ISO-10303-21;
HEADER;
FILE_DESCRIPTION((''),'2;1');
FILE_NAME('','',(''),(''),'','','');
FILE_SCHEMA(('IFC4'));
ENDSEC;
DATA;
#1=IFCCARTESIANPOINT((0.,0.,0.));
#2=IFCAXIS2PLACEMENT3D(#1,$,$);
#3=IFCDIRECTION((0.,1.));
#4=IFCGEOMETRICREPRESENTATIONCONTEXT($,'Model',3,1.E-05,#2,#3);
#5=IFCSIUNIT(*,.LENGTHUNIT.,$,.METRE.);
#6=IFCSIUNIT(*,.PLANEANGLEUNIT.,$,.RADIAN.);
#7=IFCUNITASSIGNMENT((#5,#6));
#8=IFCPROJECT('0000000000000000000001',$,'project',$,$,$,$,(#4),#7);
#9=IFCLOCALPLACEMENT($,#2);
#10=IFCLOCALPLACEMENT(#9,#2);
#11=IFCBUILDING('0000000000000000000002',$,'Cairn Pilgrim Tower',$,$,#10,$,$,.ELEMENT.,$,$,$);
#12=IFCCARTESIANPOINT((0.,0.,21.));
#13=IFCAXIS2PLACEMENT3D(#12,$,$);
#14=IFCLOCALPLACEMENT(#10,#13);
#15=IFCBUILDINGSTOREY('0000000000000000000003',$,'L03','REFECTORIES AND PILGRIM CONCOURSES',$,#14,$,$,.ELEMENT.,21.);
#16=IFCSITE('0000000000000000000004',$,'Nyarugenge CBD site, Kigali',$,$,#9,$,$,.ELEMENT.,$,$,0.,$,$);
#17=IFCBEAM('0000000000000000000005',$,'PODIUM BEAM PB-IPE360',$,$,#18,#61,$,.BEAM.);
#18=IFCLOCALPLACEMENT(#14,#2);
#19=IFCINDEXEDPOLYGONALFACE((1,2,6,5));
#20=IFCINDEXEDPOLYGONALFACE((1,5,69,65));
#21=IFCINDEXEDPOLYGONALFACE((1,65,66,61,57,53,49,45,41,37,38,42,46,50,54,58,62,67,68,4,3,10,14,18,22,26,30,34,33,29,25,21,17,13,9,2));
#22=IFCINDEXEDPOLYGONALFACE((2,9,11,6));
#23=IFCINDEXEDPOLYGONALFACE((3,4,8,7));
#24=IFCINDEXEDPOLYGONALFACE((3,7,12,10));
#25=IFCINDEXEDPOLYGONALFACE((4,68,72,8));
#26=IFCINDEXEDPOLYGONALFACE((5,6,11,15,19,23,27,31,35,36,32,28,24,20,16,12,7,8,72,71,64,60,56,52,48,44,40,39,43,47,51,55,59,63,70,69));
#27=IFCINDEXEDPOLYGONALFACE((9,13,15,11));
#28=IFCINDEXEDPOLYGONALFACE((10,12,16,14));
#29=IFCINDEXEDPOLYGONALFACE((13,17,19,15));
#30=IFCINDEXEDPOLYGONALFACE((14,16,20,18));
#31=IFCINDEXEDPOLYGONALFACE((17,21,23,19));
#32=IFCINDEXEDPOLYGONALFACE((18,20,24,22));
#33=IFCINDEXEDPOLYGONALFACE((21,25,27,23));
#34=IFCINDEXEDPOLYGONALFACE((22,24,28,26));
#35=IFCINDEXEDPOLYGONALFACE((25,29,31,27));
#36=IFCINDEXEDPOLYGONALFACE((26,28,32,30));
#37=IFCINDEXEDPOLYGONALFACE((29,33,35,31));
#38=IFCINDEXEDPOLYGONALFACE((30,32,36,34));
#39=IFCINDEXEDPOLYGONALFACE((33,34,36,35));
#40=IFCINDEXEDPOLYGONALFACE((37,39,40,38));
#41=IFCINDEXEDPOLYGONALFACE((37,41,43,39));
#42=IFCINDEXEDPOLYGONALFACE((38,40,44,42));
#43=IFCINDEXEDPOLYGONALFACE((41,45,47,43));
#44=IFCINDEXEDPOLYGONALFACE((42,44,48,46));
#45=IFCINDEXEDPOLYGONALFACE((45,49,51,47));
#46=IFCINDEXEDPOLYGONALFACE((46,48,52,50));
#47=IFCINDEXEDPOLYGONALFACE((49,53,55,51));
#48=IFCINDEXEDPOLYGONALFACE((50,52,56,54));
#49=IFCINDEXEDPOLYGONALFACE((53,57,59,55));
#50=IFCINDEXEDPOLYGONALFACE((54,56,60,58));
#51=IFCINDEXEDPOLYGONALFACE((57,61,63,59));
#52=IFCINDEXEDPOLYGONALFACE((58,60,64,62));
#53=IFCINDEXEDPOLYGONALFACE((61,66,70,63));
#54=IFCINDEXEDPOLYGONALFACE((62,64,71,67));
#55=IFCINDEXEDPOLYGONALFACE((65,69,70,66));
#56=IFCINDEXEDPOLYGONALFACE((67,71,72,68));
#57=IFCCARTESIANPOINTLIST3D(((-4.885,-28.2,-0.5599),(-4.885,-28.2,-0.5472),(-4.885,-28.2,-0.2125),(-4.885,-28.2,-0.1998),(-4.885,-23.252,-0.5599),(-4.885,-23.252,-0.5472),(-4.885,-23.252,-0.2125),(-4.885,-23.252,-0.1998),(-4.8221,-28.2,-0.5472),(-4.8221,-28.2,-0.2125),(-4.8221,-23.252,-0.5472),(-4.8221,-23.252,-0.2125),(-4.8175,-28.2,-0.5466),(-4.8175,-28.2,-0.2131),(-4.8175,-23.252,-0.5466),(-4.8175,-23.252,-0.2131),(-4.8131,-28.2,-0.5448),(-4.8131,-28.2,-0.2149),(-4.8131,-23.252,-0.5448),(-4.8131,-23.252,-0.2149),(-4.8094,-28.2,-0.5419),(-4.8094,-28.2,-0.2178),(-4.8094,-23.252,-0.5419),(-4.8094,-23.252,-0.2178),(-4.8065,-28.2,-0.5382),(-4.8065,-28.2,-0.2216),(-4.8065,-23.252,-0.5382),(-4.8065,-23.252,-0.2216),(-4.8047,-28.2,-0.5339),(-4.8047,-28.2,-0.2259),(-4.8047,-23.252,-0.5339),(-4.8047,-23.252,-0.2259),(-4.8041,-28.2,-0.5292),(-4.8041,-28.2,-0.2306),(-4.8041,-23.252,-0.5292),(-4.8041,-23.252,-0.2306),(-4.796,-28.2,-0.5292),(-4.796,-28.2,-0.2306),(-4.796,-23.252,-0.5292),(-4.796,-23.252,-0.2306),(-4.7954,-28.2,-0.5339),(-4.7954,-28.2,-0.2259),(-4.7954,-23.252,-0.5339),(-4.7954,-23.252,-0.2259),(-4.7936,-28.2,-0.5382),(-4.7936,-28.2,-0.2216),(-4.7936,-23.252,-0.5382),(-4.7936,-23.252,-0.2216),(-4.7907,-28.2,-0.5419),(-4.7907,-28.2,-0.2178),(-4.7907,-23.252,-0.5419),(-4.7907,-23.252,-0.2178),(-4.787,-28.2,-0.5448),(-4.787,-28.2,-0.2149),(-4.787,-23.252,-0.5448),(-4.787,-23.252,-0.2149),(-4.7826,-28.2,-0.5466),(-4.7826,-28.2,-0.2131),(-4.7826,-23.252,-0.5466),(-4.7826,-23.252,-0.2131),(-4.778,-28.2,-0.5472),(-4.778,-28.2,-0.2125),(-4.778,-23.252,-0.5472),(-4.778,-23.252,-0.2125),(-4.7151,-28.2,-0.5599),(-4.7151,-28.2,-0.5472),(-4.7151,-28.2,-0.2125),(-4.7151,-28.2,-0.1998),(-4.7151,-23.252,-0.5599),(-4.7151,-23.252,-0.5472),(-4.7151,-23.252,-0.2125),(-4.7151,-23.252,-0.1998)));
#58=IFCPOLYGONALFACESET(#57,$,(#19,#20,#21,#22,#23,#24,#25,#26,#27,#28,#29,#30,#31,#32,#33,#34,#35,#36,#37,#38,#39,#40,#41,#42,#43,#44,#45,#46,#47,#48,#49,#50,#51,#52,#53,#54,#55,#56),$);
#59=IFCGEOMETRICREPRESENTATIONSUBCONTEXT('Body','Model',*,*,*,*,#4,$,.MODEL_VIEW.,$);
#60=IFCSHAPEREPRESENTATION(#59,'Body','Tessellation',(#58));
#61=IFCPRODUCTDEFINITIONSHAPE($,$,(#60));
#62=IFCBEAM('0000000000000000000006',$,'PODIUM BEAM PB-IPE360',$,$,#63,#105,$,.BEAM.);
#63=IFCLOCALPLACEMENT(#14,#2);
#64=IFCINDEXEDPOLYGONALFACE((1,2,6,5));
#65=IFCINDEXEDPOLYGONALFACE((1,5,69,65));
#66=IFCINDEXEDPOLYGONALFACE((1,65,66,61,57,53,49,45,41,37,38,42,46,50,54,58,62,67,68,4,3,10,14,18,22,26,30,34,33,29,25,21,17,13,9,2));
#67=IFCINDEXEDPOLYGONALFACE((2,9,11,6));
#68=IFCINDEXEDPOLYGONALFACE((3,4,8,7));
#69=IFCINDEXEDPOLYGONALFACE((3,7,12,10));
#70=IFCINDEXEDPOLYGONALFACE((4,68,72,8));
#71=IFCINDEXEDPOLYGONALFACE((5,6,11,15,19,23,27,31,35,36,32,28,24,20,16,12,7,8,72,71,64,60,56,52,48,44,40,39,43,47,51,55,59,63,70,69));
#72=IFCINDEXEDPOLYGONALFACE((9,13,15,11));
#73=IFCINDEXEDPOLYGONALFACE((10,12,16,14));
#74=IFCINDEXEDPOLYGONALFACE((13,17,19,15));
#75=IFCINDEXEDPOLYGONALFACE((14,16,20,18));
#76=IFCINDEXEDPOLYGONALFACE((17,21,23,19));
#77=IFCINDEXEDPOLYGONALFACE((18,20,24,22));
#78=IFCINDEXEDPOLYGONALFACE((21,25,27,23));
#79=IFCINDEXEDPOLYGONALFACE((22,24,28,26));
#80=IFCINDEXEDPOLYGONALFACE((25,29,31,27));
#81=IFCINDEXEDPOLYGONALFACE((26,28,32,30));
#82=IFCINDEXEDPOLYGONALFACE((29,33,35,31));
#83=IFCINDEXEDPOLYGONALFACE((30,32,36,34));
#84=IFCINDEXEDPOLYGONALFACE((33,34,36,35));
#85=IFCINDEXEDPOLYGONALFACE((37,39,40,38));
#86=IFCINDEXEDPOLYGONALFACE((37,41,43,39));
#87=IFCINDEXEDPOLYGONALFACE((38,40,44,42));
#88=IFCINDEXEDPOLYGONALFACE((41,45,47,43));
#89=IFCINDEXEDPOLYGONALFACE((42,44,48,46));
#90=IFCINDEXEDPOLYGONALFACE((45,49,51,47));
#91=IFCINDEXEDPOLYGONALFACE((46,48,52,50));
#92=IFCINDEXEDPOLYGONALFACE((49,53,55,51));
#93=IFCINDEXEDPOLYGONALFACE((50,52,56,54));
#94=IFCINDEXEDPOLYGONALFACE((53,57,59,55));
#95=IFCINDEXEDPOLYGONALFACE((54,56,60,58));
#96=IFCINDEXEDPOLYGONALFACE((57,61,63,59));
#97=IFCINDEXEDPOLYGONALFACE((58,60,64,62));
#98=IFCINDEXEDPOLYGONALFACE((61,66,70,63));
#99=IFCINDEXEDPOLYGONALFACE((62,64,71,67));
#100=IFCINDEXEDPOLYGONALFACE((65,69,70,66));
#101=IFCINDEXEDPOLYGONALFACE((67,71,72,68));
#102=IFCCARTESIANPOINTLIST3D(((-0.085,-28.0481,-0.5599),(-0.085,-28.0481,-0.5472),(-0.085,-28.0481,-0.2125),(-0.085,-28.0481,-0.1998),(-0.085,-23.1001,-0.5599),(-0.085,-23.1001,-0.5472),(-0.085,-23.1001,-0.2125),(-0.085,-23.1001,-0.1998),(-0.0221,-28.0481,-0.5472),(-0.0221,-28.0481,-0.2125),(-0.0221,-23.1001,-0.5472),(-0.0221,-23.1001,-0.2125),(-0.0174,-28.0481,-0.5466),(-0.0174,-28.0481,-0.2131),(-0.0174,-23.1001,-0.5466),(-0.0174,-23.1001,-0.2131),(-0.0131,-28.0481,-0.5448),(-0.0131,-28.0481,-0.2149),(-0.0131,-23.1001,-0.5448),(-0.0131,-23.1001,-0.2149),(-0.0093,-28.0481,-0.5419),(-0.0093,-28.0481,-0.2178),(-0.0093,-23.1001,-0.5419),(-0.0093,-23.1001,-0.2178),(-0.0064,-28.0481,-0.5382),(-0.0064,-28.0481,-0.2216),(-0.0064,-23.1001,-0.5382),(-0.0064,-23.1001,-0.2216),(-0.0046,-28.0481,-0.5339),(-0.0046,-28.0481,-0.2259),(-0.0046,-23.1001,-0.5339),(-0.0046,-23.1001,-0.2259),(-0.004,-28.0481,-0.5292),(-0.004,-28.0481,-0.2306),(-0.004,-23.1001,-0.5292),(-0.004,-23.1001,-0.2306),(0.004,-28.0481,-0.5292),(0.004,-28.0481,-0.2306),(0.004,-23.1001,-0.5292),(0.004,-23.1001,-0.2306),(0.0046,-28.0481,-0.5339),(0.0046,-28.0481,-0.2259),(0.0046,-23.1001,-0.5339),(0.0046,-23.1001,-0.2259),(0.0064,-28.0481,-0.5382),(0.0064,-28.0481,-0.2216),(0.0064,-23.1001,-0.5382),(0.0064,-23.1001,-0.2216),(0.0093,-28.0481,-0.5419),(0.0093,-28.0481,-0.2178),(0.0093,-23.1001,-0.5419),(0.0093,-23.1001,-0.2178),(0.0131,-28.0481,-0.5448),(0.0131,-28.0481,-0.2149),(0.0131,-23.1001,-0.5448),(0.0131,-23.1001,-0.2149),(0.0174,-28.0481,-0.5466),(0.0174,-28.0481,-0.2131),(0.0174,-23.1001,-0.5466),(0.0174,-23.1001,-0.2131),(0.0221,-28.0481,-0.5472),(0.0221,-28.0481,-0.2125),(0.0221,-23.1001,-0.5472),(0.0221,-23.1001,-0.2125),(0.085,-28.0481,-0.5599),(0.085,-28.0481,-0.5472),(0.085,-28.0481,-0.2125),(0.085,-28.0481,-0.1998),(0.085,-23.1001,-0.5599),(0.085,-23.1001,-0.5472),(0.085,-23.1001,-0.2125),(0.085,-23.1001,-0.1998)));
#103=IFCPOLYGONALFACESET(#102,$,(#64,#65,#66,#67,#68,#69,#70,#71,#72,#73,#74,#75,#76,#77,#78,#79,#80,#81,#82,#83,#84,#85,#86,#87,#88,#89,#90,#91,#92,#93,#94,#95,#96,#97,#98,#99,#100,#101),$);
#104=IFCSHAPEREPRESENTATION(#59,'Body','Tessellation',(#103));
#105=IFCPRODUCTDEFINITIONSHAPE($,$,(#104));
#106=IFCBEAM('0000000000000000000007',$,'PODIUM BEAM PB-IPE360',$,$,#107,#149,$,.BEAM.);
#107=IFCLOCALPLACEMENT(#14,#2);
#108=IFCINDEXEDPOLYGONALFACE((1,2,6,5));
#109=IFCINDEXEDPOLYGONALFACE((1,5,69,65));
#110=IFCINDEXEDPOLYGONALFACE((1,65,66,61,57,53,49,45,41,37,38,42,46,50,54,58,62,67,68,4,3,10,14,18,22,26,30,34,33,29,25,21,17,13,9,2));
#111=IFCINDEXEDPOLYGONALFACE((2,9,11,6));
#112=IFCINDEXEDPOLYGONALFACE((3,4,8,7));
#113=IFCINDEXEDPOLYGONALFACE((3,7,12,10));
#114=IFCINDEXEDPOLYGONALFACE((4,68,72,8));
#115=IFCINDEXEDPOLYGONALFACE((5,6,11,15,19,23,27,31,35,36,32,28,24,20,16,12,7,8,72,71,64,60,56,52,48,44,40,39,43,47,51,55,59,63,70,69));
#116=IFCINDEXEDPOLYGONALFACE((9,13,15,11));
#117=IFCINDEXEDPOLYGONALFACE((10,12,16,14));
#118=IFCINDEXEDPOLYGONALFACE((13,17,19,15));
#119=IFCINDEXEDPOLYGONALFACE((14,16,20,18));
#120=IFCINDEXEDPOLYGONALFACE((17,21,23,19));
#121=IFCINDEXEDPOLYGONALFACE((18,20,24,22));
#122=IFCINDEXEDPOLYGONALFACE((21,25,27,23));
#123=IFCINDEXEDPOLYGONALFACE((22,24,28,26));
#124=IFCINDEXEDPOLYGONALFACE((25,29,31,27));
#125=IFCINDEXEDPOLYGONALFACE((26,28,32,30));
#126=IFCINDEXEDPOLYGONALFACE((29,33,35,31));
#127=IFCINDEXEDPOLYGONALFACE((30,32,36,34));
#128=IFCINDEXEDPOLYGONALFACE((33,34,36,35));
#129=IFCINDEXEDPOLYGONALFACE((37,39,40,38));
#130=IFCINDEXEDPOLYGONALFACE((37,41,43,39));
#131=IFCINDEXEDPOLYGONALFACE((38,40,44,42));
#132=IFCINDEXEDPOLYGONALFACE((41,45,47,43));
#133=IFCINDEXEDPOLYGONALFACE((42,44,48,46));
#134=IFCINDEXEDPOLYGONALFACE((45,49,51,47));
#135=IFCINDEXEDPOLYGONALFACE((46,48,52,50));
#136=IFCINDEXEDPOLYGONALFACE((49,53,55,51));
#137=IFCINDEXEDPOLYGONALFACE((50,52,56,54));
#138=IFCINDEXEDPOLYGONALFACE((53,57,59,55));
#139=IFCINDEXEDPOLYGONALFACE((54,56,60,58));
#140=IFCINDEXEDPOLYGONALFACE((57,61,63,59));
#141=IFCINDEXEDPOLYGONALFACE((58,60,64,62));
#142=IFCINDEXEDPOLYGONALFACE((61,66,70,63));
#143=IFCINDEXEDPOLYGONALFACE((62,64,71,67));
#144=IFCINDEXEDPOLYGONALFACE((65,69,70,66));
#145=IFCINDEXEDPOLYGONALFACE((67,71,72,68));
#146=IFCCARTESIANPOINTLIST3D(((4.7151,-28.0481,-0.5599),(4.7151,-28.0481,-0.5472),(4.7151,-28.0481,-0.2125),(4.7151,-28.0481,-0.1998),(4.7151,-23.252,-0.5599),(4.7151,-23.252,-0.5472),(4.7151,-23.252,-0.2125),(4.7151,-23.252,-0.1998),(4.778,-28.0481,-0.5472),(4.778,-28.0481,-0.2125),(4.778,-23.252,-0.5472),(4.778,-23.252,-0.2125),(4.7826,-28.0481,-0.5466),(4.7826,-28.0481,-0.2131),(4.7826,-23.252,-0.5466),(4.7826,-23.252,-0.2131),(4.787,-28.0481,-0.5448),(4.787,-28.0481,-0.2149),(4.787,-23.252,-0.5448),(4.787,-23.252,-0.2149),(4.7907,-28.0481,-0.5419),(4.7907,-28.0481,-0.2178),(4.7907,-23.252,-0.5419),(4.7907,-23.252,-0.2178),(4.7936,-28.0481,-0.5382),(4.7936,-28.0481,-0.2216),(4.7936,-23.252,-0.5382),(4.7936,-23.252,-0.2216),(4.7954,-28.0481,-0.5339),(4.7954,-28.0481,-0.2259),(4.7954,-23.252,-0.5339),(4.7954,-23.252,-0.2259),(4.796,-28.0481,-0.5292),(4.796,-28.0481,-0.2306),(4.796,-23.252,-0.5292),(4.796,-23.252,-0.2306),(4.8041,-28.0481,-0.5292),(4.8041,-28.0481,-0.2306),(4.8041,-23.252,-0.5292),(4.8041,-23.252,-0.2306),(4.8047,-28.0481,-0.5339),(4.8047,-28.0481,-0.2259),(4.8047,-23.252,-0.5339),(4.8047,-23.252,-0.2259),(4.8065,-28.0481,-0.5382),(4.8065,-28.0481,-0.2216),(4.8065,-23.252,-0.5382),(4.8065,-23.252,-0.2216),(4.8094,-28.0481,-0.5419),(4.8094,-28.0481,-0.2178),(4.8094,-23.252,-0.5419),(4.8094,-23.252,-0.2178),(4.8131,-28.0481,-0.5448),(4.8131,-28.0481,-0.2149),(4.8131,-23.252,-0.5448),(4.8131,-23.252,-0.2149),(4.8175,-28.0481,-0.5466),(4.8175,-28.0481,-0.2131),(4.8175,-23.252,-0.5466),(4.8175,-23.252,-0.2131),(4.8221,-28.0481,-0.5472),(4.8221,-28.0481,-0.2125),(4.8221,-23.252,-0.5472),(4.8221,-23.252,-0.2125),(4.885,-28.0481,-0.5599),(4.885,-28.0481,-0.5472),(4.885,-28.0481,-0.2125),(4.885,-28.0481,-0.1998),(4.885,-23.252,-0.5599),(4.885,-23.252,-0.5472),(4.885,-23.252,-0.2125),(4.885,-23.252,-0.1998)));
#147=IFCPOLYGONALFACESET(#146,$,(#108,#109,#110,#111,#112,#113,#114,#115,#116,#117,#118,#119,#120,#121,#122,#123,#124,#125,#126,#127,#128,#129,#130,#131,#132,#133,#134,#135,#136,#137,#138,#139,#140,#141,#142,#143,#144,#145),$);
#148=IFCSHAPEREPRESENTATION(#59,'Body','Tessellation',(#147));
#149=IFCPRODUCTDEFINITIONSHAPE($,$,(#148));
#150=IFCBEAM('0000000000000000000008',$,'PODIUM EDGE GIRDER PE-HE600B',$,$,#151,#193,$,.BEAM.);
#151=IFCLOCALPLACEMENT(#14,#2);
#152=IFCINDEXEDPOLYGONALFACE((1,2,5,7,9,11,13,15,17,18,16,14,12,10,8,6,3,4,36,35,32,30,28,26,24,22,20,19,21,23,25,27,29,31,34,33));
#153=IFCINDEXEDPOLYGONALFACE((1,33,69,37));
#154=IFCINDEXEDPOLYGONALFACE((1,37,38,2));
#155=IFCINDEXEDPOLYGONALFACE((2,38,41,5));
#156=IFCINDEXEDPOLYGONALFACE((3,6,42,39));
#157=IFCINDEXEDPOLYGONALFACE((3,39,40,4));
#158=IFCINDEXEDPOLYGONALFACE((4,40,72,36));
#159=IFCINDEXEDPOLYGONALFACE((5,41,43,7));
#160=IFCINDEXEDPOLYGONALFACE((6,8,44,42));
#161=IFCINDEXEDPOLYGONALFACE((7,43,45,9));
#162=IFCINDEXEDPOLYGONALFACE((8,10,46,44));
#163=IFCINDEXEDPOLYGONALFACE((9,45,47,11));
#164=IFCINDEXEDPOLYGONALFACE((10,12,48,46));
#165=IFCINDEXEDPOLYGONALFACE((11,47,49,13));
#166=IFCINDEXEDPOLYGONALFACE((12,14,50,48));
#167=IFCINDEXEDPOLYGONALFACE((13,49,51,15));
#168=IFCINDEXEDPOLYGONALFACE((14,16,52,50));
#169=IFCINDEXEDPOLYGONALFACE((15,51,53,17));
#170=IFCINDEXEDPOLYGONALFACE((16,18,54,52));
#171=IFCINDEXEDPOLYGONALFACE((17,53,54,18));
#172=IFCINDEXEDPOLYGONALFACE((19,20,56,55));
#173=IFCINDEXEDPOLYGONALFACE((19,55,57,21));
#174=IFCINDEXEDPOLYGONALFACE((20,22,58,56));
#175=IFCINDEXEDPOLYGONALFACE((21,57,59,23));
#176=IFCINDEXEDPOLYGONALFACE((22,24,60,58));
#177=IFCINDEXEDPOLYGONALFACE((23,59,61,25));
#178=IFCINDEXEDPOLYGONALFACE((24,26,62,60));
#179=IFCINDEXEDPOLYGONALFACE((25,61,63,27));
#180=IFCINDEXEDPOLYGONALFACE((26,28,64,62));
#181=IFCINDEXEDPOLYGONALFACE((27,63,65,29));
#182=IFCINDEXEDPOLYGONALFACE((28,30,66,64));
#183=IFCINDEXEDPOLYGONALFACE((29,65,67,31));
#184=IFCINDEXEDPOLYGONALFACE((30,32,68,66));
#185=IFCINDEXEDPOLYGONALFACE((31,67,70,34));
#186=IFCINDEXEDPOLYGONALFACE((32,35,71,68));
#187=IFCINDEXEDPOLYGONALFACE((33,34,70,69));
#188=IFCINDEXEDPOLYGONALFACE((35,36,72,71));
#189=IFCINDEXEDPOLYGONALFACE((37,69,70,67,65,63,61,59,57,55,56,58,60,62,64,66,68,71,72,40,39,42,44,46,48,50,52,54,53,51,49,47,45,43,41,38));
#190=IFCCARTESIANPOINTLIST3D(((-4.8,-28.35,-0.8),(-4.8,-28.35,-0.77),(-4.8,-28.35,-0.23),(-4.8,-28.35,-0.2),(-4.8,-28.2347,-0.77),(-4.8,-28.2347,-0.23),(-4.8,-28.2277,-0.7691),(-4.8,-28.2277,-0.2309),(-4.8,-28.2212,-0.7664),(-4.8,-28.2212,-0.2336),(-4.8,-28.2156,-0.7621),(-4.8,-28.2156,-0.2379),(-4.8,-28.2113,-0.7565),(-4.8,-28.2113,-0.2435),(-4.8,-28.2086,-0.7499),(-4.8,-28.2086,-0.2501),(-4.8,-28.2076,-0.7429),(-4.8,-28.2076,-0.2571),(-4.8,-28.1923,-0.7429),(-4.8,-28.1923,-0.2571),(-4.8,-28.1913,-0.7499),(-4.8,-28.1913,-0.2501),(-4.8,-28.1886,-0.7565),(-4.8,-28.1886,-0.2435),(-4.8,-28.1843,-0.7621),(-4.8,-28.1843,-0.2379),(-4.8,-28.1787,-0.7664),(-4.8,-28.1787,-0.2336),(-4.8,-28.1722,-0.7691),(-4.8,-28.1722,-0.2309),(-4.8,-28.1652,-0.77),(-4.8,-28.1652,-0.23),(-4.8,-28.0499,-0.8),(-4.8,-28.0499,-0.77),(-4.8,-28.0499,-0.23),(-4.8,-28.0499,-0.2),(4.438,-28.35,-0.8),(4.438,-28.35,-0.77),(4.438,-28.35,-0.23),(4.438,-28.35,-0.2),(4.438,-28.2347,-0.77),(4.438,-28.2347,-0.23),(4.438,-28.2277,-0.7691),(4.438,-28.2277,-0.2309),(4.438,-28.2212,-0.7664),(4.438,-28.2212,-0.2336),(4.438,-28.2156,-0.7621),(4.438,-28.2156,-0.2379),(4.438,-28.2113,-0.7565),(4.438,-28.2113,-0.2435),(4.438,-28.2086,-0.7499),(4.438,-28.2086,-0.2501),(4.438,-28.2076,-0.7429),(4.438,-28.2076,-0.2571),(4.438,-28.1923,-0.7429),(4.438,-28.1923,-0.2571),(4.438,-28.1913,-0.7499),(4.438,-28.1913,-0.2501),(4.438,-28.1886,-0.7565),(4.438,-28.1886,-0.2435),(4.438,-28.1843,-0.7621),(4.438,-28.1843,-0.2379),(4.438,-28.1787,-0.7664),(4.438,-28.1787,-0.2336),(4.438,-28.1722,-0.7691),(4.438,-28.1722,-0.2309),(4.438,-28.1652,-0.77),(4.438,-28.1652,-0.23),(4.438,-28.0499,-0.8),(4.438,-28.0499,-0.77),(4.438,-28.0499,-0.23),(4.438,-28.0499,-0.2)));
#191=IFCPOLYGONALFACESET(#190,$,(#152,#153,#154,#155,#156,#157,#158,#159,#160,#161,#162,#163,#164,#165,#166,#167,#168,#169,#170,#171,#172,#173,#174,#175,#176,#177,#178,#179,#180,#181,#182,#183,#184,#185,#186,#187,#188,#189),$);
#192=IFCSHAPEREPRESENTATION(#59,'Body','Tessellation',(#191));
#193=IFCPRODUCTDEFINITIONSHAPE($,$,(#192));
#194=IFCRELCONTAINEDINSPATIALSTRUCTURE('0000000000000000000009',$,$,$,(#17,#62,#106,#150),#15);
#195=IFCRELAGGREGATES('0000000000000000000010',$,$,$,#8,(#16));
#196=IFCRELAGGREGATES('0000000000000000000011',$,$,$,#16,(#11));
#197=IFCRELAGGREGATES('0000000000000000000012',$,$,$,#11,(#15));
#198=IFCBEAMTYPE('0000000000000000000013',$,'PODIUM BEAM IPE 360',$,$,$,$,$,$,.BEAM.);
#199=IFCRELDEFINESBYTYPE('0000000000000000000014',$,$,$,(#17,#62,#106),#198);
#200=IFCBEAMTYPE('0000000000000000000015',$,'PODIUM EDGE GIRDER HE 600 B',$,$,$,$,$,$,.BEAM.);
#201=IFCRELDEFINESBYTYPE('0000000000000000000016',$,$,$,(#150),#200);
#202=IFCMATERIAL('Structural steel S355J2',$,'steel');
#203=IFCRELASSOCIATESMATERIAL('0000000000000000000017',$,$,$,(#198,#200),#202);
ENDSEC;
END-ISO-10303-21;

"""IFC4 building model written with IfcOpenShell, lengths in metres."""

from ifc_helpers import new_model, si_unit, direction, frame, origin, origin_2d, place, context, subcontext, project, spatial, i_section, extrude, material, material_profile, profile_set, type_object, element, save


model = new_model("IFC4")

# Units and contexts
model_context = context("Model", 3, precision=1e-05, world=origin(), true_north=direction((0.0, 1.0)))
body_context = subcontext(model_context, "Body", "Model", "MODEL_VIEW")
ifc_project = project(units=[si_unit("LENGTHUNIT", "METRE"), si_unit("PLANEANGLEUNIT", "RADIAN")], contexts=[model_context])

# Site, building, storey
site_placement = place(None, origin())
site = spatial("IfcSite", under=ifc_project, at=site_placement, Name="Nyarugenge CBD site, Kigali", CompositionType="ELEMENT", RefElevation=0.0)
building_placement = place(site_placement, origin())
building = spatial("IfcBuilding", under=site, at=building_placement, Name="Cairn Pilgrim Tower", CompositionType="ELEMENT")
storey_placement = place(building_placement, frame((0.0, 0.0, 21.0)))
storey = spatial("IfcBuildingStorey", under=building, at=storey_placement, Name="L03", Description="REFECTORIES AND PILGRIM CONCOURSES", CompositionType="ELEMENT", Elevation=21.0)

# Beams
ifc_material_1 = material(Name="Structural steel S355J2", Category="steel")
ifc_material_profile_1 = material_profile(ifc_material_1, i_section(OverallWidth=0.1699, OverallDepth=0.3601, WebThickness=0.0081, FlangeThickness=0.0127, FilletRadius=0.0181, at=origin_2d()), Name="IPE 360")
ifc_profile_set_1 = profile_set([ifc_material_profile_1], Name="Structural steel S355J2")
beam_type_1 = type_object("IfcBeamType", Name="PODIUM BEAM IPE 360", PredefinedType="BEAM", material=ifc_profile_set_1)
for number, where, z_axis, x_axis, name in (
    (1, (-4.8, -28.2, -0.3799), (0.0, 1.0, 0.0), (-1.0, 0.0, 0.0), "PODIUM BEAM PB-IPE360"),
    (2, (0.0, -28.0481, -0.3799), (0.0, 1.0, 0.0), (-1.0, 0.0, 0.0), "PODIUM BEAM PB-IPE360"),
):
    element("IfcBeam", number, at=place(storey_placement, frame(where, z_axis=z_axis, x_axis=x_axis)), inside=storey, type_object=beam_type_1, Name=name, PredefinedType="BEAM", context=body_context, shape_type="SweptSolid", body=[
        extrude(i_section(OverallWidth=0.1699, OverallDepth=0.3601, WebThickness=0.0081, FlangeThickness=0.0127, FilletRadius=0.0181, at=origin_2d()), origin(), (0.0, 0.0, 1.0), 4.948),
    ])
beam_1_placement = place(storey_placement, frame((4.8, -28.0481, -0.3799), z_axis=(0.0, 1.0, 0.0), x_axis=(-1.0, 0.0, 0.0)))
element("IfcBeam", 3, at=beam_1_placement, inside=storey, type_object=beam_type_1, Name="PODIUM BEAM PB-IPE360", PredefinedType="BEAM", context=body_context, shape_type="SweptSolid", body=[
    extrude(i_section(OverallWidth=0.1699, OverallDepth=0.3601, WebThickness=0.0081, FlangeThickness=0.0127, FilletRadius=0.0181, at=origin_2d()), origin(), (0.0, 0.0, 1.0), 4.7961),
])
ifc_material_profile_2 = material_profile(ifc_material_1, i_section(OverallWidth=0.3, OverallDepth=0.6001, WebThickness=0.0154, FlangeThickness=0.03, FilletRadius=0.0271, at=origin_2d()), Name="HEB 600")
ifc_profile_set_2 = profile_set([ifc_material_profile_2], Name="Structural steel S355J2")
beam_type_2 = type_object("IfcBeamType", Name="PODIUM EDGE GIRDER HE 600 B", PredefinedType="BEAM", material=ifc_profile_set_2)
beam_2_placement = place(storey_placement, frame((-4.8, -28.2, -0.5), z_axis=(1.0, 0.0, 0.0), x_axis=(0.0, 1.0, 0.0)))
element("IfcBeam", 4, at=beam_2_placement, inside=storey, type_object=beam_type_2, Name="PODIUM EDGE GIRDER PE-HE600B", PredefinedType="BEAM", context=body_context, shape_type="SweptSolid", body=[
    extrude(i_section(OverallWidth=0.3, OverallDepth=0.6001, WebThickness=0.0154, FlangeThickness=0.03, FilletRadius=0.0271, at=origin_2d()), origin(), (0.0, 0.0, 1.0), 9.238),
])

save(model, "model.ifc")
